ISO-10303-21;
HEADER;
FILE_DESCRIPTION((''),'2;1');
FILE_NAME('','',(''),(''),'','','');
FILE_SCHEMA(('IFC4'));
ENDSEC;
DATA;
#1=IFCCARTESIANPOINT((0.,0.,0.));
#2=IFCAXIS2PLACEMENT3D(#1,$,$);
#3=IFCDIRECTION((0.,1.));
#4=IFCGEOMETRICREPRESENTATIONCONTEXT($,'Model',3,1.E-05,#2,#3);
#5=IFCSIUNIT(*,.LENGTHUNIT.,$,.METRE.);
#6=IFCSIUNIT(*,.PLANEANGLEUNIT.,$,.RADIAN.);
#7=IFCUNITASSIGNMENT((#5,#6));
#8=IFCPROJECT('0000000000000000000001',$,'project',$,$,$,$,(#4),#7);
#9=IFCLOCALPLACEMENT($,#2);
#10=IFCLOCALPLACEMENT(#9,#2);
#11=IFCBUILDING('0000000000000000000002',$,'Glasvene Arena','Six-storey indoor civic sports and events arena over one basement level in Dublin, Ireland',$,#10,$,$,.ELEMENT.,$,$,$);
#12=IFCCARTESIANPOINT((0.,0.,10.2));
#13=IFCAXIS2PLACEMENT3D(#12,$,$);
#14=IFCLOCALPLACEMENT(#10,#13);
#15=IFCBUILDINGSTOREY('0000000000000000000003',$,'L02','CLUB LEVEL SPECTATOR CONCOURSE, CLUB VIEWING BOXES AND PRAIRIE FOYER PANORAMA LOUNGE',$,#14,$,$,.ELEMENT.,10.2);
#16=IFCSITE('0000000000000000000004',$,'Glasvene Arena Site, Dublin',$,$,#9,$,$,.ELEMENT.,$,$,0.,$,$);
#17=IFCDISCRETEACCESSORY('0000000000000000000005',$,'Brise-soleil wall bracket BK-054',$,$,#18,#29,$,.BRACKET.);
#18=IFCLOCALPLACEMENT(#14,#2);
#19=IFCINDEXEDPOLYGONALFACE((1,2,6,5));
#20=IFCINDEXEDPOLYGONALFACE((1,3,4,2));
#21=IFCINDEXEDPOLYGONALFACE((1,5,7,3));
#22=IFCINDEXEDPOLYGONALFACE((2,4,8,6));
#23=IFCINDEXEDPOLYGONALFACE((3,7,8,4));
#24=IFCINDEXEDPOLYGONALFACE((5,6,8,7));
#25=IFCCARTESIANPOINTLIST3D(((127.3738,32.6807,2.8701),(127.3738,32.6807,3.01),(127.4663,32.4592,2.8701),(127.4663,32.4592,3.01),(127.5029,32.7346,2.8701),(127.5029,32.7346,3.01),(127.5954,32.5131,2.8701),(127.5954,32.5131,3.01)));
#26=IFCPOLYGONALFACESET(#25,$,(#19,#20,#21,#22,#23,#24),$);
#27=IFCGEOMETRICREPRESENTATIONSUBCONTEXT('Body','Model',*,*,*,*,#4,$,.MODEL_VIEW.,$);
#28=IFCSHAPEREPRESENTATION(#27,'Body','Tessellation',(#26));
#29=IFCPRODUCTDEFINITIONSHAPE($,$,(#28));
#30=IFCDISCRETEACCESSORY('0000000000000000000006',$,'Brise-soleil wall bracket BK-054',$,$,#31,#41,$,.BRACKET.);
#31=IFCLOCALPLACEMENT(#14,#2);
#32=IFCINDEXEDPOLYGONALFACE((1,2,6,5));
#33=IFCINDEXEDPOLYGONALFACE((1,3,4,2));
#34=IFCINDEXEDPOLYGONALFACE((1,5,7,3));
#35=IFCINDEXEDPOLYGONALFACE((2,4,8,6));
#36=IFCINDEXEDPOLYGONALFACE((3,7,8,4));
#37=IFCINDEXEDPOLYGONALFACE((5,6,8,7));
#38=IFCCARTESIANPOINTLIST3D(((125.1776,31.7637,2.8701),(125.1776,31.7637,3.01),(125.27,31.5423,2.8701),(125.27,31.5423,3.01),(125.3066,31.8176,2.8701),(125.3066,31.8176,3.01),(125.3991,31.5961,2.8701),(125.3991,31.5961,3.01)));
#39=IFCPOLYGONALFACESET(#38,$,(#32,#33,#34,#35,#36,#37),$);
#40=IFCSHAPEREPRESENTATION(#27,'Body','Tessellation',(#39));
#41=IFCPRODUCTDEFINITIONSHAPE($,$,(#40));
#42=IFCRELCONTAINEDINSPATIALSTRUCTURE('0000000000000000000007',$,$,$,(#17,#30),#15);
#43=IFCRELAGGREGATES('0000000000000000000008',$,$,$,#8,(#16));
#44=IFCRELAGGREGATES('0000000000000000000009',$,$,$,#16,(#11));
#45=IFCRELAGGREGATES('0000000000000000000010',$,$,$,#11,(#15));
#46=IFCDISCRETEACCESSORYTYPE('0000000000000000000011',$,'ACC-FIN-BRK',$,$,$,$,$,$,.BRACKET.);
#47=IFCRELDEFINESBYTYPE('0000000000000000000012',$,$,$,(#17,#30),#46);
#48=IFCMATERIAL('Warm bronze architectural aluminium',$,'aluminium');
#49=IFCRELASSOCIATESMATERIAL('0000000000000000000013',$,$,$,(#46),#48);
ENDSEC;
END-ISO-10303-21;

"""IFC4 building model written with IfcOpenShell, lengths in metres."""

from ifc_helpers import new_model, si_unit, direction, frame, origin, origin_2d, place, context, subcontext, project, spatial, rectangle, extrude, material, type_object, element, save


model = new_model("IFC4")

# Units and contexts
model_context = context("Model", 3, precision=1e-05, world=origin(), true_north=direction((0.0, 1.0)))
body_context = subcontext(model_context, "Body", "Model", "MODEL_VIEW")
ifc_project = project(units=[si_unit("LENGTHUNIT", "METRE"), si_unit("PLANEANGLEUNIT", "RADIAN")], contexts=[model_context])

# Site, building, storey
site_placement = place(None, origin())
site = spatial("IfcSite", under=ifc_project, at=site_placement, Name="Glasvene Arena Site, Dublin", CompositionType="ELEMENT", RefElevation=0.0)
building_placement = place(site_placement, origin())
building = spatial("IfcBuilding", under=site, at=building_placement, Name="Glasvene Arena", Description="Six-storey indoor civic sports and events arena over one basement level in Dublin, Ireland", CompositionType="ELEMENT")
storey_placement = place(building_placement, frame((0.0, 0.0, 10.2)))
storey = spatial("IfcBuildingStorey", under=building, at=storey_placement, Name="L02", Description="CLUB LEVEL SPECTATOR CONCOURSE, CLUB VIEWING BOXES AND PRAIRIE FOYER PANORAMA LOUNGE", CompositionType="ELEMENT", Elevation=10.2)

# Shared definitions
ifc_material_1 = material(Name="Warm bronze architectural aluminium", Category="aluminium")

# Discrete accessories
discrete_accessory_type = type_object("IfcDiscreteAccessoryType", Name="ACC-FIN-BRK", PredefinedType="BRACKET", material=ifc_material_1)
for number, where, z_axis, x_axis, name in (
    (1, (127.4846, 32.5969, 2.8701), (0.0, 0.0, 1.0), (-0.922807, -0.385262, 0.0), "Brise-soleil wall bracket BK-054"),
    (2, (125.2883, 31.6799, 2.8701), (0.0, 0.0, 1.0), (-0.922807, -0.385262, 0.0), "Brise-soleil wall bracket BK-054"),
):
    element("IfcDiscreteAccessory", number, at=place(storey_placement, frame(where, z_axis=z_axis, x_axis=x_axis)), inside=storey, type_object=discrete_accessory_type, Name=name, PredefinedType="BRACKET", context=body_context, shape_type="SweptSolid", body=[
        extrude(rectangle(XDim=0.1399, YDim=0.24, at=origin_2d()), origin(), (0.0, 0.0, 1.0), 0.1399),
    ])

save(model, "model.ifc")
